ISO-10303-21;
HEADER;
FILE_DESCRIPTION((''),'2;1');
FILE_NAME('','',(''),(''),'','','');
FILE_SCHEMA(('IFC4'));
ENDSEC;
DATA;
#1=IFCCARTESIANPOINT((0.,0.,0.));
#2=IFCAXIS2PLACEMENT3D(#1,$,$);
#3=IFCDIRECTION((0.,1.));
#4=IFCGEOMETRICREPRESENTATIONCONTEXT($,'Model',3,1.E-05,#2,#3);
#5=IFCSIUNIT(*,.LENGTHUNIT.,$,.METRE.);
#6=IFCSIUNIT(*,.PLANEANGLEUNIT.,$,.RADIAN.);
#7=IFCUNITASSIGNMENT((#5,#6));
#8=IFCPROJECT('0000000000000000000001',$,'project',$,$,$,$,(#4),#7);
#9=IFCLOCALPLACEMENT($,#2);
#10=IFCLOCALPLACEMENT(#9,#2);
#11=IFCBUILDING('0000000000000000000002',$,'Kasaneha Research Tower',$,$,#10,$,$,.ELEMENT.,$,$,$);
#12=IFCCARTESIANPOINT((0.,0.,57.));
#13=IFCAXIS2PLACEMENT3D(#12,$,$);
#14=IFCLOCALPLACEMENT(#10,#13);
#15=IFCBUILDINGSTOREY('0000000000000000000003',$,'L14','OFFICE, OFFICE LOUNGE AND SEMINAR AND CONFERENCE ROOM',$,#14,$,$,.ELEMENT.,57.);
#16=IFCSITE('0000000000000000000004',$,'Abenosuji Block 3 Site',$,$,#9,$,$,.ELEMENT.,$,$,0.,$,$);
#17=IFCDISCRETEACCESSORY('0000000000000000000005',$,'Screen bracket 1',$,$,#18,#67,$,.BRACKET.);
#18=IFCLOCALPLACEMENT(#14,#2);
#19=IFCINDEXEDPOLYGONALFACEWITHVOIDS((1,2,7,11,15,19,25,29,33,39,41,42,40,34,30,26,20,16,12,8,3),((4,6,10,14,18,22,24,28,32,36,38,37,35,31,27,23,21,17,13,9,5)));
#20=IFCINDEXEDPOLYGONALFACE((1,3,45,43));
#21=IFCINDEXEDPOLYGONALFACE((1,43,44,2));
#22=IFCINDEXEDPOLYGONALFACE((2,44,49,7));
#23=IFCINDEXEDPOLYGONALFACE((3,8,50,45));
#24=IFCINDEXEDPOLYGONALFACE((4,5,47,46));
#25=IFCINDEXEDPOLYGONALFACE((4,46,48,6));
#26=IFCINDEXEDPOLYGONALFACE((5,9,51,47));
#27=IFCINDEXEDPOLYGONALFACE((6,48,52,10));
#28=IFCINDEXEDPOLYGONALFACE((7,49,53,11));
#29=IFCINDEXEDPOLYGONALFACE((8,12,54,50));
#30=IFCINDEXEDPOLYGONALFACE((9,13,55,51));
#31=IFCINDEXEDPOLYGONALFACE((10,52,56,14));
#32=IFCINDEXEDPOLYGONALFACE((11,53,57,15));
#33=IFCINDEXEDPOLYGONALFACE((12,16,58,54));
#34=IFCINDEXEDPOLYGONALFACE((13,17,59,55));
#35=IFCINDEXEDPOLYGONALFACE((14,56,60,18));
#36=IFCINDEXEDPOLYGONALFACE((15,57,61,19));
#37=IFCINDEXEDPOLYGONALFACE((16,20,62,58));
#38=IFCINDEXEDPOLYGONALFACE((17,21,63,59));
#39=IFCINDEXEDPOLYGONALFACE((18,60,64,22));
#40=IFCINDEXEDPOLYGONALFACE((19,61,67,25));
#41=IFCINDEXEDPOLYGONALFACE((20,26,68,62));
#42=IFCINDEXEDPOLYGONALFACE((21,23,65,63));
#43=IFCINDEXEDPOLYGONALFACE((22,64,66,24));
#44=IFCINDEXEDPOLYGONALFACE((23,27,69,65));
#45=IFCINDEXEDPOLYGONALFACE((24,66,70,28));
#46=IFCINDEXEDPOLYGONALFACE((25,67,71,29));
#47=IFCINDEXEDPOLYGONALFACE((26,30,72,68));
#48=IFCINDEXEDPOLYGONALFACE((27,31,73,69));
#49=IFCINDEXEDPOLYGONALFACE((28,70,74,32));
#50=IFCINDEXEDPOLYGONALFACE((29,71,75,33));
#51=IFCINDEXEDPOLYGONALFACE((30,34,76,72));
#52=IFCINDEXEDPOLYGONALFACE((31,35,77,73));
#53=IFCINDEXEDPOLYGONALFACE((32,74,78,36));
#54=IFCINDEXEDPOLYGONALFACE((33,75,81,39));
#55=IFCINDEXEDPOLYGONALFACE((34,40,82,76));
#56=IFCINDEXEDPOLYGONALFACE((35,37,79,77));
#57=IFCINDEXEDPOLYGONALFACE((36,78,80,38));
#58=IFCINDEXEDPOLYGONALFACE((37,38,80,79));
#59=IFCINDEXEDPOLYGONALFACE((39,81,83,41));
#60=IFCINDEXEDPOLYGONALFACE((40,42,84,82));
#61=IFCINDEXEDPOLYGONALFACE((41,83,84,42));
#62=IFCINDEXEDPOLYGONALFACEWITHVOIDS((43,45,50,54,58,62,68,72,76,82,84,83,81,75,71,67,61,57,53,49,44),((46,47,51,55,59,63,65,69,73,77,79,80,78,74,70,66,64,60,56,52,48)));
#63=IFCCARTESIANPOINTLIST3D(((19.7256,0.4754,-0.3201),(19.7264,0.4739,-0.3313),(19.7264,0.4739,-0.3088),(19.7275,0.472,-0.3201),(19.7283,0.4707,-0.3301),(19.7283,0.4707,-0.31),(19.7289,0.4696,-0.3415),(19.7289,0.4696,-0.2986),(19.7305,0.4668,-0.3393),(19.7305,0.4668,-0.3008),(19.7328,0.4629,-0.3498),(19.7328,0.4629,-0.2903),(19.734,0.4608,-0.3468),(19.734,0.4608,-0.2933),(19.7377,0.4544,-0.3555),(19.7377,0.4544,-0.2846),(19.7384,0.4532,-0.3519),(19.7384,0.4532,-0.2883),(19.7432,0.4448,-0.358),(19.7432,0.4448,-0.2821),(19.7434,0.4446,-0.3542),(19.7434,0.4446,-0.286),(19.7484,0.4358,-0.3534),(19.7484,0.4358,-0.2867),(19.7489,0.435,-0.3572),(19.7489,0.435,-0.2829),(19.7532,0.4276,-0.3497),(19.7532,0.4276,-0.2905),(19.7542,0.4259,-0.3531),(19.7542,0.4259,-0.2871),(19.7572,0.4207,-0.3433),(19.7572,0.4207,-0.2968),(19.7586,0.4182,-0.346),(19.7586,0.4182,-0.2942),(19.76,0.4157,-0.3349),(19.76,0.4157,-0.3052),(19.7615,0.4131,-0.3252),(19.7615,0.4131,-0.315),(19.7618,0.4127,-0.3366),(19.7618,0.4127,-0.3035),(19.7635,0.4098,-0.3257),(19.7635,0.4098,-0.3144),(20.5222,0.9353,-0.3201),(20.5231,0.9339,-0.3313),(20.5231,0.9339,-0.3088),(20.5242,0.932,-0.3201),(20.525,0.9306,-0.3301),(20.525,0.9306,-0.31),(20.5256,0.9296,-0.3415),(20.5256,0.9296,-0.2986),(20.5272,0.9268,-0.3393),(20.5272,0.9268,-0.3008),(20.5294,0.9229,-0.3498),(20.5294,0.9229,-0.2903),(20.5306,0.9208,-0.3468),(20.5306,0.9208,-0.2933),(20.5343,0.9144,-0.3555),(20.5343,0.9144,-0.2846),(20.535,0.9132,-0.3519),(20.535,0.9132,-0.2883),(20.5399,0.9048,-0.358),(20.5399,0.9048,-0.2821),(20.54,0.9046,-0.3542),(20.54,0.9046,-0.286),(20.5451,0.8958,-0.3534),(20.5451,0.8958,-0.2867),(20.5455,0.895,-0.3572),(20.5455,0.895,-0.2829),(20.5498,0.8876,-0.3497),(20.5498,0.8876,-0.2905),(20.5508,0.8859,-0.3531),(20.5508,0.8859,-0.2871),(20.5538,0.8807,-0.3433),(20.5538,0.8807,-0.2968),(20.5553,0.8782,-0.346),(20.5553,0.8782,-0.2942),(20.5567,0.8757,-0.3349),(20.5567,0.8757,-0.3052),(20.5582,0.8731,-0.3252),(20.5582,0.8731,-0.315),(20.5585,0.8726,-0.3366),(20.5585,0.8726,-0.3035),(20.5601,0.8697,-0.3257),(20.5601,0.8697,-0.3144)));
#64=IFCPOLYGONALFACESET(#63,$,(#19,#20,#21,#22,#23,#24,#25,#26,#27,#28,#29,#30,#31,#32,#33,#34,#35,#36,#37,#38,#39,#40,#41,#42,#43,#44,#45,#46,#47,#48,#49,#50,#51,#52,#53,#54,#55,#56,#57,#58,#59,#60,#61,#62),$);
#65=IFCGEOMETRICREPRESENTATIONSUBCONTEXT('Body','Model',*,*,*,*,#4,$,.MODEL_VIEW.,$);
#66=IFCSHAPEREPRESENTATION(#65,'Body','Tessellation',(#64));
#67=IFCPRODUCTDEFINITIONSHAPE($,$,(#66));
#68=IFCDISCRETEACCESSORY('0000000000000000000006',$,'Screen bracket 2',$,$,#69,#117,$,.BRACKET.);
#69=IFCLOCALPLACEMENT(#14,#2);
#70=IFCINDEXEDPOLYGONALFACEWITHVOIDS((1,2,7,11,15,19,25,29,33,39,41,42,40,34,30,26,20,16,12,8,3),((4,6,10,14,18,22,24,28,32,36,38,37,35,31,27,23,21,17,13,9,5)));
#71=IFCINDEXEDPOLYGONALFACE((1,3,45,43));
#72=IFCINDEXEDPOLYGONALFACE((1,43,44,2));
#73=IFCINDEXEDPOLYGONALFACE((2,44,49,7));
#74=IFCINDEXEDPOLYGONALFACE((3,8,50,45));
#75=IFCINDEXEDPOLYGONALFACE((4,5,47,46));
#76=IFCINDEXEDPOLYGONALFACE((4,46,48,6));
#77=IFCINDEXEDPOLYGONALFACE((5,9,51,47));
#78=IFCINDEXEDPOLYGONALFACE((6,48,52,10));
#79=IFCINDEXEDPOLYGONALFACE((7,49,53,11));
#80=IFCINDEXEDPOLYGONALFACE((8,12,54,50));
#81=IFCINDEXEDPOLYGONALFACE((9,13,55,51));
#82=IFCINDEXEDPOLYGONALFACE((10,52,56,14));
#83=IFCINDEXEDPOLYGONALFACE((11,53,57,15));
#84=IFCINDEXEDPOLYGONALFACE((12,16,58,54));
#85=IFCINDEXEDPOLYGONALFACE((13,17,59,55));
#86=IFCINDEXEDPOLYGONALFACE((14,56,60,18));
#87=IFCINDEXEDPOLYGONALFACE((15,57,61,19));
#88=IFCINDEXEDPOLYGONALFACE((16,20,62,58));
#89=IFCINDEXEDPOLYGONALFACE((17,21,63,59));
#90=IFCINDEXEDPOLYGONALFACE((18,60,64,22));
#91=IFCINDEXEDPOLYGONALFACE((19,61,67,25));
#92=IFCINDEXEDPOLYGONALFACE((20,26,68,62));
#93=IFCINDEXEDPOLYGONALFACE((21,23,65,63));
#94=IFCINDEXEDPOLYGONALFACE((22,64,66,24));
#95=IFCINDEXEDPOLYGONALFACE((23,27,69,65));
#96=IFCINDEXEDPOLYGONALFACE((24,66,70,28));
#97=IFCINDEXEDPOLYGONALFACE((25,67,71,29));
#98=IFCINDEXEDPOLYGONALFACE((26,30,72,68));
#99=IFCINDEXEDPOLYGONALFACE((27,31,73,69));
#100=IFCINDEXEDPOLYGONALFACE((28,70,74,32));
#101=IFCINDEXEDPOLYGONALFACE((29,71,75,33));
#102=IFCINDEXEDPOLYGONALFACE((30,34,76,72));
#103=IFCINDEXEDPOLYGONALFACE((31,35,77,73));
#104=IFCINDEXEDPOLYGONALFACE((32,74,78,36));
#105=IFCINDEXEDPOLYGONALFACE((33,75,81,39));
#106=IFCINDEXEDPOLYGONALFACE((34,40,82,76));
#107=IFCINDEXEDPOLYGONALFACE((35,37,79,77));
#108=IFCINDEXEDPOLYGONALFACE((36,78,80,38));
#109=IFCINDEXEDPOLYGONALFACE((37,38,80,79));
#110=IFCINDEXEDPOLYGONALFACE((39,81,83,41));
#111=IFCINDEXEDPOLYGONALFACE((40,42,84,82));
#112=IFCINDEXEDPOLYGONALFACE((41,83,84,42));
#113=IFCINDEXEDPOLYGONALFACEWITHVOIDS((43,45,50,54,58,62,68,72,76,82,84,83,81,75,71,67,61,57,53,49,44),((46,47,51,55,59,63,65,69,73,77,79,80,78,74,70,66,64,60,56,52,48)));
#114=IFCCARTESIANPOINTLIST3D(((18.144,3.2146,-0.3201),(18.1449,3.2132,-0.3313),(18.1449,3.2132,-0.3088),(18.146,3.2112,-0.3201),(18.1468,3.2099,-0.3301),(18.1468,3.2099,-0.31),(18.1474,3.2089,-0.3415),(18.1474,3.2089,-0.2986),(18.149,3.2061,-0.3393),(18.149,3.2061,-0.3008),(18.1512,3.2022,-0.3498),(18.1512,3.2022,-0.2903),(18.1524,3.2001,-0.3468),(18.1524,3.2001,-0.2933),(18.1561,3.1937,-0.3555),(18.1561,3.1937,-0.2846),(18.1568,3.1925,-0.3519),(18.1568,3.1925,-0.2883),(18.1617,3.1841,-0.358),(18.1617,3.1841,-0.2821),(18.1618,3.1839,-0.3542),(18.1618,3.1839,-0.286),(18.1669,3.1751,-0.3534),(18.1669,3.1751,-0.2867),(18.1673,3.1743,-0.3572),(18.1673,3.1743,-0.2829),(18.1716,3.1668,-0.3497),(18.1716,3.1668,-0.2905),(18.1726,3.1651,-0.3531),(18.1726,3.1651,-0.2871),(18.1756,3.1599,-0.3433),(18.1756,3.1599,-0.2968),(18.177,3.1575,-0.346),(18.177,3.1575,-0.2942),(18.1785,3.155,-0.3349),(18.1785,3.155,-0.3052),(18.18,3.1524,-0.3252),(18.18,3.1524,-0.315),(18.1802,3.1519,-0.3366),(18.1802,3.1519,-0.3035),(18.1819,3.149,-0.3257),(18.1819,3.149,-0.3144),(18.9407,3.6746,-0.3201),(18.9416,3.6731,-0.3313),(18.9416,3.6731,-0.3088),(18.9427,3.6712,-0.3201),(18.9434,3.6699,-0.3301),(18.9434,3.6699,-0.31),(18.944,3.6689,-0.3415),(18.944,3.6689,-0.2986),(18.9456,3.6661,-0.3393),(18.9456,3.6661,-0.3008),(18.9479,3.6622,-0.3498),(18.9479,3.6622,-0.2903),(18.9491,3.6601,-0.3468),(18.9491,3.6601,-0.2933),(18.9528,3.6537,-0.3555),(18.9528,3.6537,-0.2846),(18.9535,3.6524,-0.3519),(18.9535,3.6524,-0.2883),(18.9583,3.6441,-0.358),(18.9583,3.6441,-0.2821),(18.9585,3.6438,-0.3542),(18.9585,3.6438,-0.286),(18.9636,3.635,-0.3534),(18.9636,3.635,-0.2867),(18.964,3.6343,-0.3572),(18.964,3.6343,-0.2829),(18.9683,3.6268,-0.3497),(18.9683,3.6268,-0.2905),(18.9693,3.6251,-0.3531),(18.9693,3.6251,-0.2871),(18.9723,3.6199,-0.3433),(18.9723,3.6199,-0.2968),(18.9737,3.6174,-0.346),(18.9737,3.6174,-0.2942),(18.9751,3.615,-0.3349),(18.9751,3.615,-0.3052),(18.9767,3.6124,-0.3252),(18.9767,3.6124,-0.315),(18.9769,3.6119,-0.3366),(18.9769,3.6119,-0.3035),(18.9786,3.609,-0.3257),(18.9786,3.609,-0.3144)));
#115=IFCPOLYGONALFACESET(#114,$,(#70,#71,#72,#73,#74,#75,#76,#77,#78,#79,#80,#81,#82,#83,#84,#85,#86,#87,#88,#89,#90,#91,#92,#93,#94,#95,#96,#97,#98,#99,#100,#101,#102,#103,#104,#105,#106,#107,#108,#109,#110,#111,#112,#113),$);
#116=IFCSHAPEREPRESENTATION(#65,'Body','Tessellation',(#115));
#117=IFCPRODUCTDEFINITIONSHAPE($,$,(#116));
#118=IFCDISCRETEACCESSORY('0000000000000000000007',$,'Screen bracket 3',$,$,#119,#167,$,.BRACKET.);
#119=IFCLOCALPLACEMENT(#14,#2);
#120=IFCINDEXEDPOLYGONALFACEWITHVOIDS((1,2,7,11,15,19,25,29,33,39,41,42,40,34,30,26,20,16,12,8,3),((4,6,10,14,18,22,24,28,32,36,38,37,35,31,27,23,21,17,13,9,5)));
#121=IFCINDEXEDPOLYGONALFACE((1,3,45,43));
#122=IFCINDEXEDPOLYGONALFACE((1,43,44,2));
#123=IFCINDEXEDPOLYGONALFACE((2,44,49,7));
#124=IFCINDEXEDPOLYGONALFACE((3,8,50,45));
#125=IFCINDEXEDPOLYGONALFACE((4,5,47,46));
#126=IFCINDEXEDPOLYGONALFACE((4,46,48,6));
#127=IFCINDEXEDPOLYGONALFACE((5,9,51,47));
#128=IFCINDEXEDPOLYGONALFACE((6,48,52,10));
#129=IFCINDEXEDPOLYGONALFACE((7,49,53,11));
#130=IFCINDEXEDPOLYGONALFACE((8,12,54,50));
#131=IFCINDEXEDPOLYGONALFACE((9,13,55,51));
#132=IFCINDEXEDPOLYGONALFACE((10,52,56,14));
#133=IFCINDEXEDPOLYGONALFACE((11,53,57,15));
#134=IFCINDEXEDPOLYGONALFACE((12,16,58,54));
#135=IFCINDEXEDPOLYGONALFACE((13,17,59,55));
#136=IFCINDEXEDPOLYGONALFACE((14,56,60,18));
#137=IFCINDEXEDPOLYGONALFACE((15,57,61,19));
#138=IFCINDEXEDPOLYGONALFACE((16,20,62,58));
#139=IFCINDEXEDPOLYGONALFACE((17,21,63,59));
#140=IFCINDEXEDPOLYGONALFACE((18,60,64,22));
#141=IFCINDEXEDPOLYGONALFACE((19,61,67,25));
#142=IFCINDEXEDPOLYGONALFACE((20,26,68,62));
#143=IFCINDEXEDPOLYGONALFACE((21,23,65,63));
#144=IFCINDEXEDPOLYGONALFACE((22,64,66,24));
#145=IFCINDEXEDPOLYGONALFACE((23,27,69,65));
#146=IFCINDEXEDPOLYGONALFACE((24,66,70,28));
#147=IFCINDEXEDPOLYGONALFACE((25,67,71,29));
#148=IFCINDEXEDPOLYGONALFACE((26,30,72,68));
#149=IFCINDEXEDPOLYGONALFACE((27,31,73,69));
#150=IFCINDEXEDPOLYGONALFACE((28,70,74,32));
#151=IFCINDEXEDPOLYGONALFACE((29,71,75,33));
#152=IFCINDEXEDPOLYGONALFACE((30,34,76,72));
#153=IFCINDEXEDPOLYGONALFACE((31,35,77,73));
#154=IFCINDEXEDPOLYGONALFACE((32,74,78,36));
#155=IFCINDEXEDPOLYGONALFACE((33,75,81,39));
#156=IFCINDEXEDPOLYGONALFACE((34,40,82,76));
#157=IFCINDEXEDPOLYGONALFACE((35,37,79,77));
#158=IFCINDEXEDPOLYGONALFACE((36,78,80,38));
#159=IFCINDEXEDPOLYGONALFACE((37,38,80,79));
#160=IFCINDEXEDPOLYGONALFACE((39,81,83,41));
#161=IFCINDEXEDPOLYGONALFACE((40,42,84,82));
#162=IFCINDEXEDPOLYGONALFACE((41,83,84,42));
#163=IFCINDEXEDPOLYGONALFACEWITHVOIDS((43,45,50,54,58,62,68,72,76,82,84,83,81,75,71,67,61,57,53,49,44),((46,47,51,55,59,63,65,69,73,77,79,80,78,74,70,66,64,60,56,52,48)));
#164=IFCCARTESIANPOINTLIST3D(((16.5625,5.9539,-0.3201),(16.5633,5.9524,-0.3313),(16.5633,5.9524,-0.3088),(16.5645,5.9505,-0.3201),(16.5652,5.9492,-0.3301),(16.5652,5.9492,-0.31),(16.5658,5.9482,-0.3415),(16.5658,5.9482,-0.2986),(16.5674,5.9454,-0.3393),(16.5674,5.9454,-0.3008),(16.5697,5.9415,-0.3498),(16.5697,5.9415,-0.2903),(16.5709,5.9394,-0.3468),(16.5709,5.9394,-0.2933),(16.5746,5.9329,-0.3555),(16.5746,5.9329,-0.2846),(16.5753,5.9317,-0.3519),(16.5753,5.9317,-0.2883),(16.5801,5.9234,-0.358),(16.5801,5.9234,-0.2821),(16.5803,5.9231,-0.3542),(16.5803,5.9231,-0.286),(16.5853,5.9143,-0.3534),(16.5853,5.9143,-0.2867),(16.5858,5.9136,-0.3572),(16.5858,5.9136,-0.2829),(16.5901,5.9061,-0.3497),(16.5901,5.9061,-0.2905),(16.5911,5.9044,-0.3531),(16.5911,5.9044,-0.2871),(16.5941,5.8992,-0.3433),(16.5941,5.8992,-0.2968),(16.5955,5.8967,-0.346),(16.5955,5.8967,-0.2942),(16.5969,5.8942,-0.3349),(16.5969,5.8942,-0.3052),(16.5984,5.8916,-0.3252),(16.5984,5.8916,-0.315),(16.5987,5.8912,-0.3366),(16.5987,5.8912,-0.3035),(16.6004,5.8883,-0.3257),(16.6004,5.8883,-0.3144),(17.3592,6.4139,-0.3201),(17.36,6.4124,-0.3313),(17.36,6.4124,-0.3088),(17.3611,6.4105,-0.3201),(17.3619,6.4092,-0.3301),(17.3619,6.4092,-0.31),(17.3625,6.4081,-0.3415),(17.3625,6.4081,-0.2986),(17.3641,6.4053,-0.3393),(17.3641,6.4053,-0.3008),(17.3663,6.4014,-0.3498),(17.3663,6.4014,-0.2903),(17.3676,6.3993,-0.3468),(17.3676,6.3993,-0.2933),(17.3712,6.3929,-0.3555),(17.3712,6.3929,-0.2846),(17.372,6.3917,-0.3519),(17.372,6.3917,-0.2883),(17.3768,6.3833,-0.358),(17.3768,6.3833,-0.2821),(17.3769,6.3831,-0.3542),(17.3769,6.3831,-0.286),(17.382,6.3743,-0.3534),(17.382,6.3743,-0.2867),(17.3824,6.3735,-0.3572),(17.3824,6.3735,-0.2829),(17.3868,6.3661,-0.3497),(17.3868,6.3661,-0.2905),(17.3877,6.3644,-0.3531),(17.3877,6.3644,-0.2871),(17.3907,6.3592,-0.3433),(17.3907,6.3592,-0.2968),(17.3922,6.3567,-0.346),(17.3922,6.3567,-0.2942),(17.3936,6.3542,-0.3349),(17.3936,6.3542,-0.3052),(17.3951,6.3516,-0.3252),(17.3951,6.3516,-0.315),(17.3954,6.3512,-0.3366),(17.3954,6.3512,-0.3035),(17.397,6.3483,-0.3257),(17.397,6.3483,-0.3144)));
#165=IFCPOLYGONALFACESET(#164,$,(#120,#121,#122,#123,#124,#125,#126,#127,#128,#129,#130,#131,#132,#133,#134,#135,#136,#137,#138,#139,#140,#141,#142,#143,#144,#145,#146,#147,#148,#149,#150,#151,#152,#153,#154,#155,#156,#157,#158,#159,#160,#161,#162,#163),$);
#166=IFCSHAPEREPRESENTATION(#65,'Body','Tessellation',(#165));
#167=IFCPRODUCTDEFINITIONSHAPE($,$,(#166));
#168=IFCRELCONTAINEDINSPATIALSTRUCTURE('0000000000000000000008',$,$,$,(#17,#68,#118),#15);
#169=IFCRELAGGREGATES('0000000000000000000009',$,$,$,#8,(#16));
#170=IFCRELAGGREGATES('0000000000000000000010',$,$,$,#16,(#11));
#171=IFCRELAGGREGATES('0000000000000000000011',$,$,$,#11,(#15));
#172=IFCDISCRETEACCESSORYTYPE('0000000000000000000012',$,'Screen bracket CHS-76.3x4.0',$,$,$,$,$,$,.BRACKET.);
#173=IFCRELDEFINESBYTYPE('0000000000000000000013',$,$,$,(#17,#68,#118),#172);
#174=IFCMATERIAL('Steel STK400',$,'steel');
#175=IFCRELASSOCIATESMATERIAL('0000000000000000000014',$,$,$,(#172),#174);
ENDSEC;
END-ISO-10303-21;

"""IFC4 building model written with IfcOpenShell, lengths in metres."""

from ifc_helpers import new_model, si_unit, direction, frame, origin, origin_2d, place, context, subcontext, project, spatial, hollow_circle, extrude, material, material_profile, profile_set, type_object, element, save


model = new_model("IFC4")

# Units and contexts
model_context = context("Model", 3, precision=1e-05, world=origin(), true_north=direction((0.0, 1.0)))
body_context = subcontext(model_context, "Body", "Model", "MODEL_VIEW")
ifc_project = project(units=[si_unit("LENGTHUNIT", "METRE"), si_unit("PLANEANGLEUNIT", "RADIAN")], contexts=[model_context])

# Site, building, storey
site_placement = place(None, origin())
site = spatial("IfcSite", under=ifc_project, at=site_placement, Name="Abenosuji Block 3 Site", CompositionType="ELEMENT", RefElevation=0.0)
building_placement = place(site_placement, origin())
building = spatial("IfcBuilding", under=site, at=building_placement, Name="Kasaneha Research Tower", CompositionType="ELEMENT")
storey_placement = place(building_placement, frame((0.0, 0.0, 57.0)))
storey = spatial("IfcBuildingStorey", under=building, at=storey_placement, Name="L14", Description="OFFICE, OFFICE LOUNGE AND SEMINAR AND CONFERENCE ROOM", CompositionType="ELEMENT", Elevation=57.0)

# Discrete accessories
ifc_material_1 = material(Name="Steel STK400", Category="steel")
ifc_material_profile = material_profile(ifc_material_1, hollow_circle(Radius=0.0381, WallThickness=0.0039, at=origin_2d()), Name="CHS-76.3x4.0")
ifc_profile_set = profile_set([ifc_material_profile], Name="Steel STK400")
discrete_accessory_type = type_object("IfcDiscreteAccessoryType", Name="Screen bracket CHS-76.3x4.0", PredefinedType="BRACKET", material=ifc_profile_set)
for number, where, z_axis, x_axis, name in (
    (1, (19.7446, 0.4424, -0.3201), (0.866013, 0.500021, 0.0), (-0.500021, 0.866013, 0.0), "Screen bracket 1"),
    (2, (18.1631, 3.1816, -0.3201), (0.866013, 0.500021, 0.0), (-0.500021, 0.866013, 0.0), "Screen bracket 2"),
    (3, (16.5815, 5.9209, -0.3201), (0.866013, 0.500021, 0.0), (-0.500021, 0.866013, 0.0), "Screen bracket 3"),
):
    element("IfcDiscreteAccessory", number, at=place(storey_placement, frame(where, z_axis=z_axis, x_axis=x_axis)), inside=storey, type_object=discrete_accessory_type, Name=name, PredefinedType="BRACKET", context=body_context, shape_type="SweptSolid", body=[
        extrude(hollow_circle(Radius=0.0381, WallThickness=0.0039, at=origin_2d()), origin(), (0.0, 0.0, 1.0), 0.9199),
    ])

save(model, "model.ifc")
